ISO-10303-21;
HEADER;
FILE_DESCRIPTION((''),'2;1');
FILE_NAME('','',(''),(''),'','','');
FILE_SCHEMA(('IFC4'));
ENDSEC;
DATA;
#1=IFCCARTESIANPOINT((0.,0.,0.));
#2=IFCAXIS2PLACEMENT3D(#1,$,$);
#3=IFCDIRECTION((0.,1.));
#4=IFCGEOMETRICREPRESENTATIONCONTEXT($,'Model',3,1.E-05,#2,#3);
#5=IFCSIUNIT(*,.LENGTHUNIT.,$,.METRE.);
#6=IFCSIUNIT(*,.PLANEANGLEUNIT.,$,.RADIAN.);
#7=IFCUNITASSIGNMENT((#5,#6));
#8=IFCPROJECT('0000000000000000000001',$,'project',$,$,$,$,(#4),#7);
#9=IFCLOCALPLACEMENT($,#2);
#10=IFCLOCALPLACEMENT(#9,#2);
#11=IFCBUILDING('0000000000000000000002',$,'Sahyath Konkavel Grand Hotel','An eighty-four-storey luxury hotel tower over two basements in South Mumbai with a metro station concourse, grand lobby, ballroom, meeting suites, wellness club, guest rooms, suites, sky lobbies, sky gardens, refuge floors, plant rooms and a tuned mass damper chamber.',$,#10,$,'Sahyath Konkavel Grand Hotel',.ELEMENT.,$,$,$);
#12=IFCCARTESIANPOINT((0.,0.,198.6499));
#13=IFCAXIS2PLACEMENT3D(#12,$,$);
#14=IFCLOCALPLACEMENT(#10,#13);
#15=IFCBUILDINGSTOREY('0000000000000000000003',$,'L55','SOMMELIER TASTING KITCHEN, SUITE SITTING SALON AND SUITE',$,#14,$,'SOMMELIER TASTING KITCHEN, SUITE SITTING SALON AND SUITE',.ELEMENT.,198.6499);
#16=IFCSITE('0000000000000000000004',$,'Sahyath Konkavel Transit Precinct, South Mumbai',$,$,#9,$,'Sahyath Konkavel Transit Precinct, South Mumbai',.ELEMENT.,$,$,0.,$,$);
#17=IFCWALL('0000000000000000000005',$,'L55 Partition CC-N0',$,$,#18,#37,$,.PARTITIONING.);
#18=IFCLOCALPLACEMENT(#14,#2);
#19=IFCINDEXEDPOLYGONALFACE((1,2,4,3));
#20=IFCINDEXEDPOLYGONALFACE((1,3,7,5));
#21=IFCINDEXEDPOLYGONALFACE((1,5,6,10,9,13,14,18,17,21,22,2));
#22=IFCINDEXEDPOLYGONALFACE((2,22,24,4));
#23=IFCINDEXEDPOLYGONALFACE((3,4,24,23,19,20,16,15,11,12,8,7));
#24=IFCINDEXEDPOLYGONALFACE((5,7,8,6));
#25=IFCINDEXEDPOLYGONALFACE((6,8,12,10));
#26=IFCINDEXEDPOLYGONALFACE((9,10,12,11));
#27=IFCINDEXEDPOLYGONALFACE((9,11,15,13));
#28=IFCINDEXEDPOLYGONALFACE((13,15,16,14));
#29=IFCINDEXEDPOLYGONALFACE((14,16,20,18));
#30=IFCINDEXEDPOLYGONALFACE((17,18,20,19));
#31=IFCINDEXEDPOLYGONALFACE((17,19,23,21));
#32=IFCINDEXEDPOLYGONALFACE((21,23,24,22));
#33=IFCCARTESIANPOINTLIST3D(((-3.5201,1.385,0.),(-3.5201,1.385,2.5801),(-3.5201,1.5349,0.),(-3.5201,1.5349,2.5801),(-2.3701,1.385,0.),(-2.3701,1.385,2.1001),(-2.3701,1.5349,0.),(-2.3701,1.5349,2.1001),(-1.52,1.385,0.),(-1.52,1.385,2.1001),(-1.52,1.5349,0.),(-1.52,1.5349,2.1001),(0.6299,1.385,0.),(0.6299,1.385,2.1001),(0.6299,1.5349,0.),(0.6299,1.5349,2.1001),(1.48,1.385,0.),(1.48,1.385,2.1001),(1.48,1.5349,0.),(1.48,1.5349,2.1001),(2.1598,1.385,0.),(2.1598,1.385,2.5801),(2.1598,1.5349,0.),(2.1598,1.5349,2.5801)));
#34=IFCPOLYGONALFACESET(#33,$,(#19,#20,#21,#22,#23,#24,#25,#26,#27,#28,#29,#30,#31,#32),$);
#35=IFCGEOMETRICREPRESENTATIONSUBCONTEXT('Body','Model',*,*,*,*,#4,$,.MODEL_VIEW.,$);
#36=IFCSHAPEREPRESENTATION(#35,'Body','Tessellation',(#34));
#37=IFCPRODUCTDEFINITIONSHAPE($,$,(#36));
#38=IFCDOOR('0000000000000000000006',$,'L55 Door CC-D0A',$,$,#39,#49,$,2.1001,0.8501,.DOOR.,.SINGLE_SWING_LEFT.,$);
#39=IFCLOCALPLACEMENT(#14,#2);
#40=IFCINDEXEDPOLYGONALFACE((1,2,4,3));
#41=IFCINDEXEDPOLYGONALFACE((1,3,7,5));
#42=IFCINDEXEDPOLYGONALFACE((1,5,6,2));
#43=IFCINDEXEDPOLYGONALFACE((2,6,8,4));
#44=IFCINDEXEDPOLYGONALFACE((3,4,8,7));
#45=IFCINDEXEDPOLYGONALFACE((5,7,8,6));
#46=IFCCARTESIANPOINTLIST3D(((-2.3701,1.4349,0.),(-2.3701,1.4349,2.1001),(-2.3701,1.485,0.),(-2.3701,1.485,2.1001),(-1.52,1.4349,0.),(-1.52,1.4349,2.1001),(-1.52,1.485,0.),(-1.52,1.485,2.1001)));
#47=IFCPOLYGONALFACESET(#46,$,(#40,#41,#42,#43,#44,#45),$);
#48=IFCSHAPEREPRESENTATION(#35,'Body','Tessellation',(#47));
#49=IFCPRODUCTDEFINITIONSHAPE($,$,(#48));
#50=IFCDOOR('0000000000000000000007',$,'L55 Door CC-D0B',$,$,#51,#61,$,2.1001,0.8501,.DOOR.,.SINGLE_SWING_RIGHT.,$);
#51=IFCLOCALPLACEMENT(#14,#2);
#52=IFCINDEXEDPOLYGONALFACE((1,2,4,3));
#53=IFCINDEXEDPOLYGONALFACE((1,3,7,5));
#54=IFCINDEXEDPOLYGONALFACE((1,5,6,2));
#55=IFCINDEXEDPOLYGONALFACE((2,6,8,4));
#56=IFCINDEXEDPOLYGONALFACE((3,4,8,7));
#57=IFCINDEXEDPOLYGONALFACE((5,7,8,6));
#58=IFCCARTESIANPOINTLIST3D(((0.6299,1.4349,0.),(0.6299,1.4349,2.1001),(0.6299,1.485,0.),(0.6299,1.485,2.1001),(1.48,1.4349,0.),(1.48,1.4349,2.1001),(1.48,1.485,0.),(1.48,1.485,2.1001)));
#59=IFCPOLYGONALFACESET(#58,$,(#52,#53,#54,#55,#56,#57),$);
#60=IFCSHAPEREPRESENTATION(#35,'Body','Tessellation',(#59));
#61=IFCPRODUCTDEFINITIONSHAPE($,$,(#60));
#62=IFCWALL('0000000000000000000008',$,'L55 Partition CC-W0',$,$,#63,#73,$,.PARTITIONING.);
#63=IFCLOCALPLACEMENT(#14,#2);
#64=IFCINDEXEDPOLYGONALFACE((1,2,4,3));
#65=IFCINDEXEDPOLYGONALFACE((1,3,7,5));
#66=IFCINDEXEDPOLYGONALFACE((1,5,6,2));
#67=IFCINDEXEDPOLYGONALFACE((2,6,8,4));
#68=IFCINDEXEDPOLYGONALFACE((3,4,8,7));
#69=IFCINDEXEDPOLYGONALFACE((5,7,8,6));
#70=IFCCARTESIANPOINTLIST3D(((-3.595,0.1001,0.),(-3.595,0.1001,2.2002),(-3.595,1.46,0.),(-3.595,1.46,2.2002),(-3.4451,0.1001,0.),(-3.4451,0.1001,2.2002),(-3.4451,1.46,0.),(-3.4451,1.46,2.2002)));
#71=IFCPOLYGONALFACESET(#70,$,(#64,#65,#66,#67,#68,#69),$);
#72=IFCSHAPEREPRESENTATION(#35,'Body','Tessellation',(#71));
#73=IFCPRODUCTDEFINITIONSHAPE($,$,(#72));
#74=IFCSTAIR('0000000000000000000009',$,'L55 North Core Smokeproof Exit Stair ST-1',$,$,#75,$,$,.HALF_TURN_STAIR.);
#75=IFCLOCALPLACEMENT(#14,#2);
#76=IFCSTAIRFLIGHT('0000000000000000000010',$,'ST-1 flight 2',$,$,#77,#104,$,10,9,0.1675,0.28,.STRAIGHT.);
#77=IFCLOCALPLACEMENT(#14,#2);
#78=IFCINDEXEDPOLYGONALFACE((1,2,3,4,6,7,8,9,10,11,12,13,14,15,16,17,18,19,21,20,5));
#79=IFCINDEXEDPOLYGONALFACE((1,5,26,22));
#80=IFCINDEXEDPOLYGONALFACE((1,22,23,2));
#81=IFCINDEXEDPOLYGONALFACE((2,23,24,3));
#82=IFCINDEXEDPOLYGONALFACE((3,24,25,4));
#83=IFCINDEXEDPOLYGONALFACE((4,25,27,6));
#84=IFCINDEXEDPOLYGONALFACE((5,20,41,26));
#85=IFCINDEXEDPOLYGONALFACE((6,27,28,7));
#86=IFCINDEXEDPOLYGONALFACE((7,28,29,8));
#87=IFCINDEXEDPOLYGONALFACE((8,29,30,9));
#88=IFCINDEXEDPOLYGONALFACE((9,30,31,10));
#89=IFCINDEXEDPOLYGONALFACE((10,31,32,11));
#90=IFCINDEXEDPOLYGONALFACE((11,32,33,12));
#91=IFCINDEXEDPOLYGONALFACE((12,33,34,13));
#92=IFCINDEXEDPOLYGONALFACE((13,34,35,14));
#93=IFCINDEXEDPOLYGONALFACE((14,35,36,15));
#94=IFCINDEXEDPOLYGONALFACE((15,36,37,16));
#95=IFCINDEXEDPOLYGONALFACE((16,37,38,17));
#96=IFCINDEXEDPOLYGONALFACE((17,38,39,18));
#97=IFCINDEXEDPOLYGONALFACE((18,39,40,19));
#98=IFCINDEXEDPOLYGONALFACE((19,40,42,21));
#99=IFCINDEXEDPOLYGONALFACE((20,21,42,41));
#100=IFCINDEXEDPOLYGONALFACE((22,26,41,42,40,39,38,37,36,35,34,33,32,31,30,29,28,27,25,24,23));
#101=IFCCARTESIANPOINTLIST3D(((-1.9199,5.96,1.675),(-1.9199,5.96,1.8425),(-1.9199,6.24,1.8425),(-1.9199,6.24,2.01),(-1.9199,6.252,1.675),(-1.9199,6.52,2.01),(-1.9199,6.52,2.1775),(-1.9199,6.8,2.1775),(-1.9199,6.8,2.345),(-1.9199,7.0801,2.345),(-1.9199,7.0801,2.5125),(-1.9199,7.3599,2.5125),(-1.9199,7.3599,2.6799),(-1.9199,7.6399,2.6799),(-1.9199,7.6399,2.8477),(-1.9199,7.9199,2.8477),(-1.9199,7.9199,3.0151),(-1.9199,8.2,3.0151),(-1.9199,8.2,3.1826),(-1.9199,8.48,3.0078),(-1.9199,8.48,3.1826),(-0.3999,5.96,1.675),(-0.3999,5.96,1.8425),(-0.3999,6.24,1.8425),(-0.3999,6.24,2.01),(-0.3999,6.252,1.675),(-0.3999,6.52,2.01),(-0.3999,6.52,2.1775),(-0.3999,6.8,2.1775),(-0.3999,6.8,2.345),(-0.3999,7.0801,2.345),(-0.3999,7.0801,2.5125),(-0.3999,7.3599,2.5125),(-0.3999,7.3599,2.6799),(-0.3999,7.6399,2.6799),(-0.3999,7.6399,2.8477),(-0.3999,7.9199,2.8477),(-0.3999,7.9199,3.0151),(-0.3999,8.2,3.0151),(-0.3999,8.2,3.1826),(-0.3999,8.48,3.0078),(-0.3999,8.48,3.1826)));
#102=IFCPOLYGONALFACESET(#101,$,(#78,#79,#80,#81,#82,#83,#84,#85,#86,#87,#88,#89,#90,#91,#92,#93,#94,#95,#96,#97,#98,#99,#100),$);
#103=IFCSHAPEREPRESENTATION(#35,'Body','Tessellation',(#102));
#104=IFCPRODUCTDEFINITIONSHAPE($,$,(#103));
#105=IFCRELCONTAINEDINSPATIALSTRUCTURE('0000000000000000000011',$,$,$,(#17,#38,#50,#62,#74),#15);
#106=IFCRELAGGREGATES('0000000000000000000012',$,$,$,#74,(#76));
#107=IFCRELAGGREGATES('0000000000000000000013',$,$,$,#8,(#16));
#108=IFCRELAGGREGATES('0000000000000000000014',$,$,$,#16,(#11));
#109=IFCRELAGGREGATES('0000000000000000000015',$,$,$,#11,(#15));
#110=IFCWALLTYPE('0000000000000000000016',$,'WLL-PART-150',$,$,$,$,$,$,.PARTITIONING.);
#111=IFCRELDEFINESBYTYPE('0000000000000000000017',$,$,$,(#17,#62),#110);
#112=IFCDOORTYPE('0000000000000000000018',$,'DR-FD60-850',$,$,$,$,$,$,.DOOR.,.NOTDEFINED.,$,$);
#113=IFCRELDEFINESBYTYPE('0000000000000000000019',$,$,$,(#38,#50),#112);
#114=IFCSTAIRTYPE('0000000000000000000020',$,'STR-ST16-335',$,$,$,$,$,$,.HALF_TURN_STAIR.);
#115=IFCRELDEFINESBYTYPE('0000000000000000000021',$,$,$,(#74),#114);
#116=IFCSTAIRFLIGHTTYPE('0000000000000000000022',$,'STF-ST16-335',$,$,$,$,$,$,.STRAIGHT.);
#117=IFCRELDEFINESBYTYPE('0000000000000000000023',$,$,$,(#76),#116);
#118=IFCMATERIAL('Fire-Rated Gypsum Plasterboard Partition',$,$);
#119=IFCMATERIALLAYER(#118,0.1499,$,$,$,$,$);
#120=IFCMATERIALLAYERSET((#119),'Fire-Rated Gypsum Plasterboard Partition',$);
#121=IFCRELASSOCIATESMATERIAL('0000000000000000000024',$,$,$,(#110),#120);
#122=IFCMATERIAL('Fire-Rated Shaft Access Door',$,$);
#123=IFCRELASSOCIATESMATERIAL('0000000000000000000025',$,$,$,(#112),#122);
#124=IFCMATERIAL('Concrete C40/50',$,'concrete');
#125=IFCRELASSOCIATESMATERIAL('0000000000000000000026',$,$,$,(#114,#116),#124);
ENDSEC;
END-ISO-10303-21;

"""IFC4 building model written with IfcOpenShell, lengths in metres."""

from ifc_helpers import new_model, si_unit, direction, frame, frame_2d, origin, origin_2d, place, context, subcontext, project, spatial, polyline, rectangle, outline, extrude, source, transform, mapped, material, layer, layer_set, type_object, element, fill, aggregate, save


model = new_model("IFC4")

# Units and contexts
model_context = context("Model", 3, precision=1e-05, world=origin(), true_north=direction((0.0, 1.0)))
body_context = subcontext(model_context, "Body", "Model", "MODEL_VIEW")
ifc_project = project(units=[si_unit("LENGTHUNIT", "METRE"), si_unit("PLANEANGLEUNIT", "RADIAN")], contexts=[model_context])

# Site, building, storey
site_placement = place(None, origin())
site = spatial("IfcSite", under=ifc_project, at=site_placement, Name="Sahyath Konkavel Transit Precinct, South Mumbai", LongName="Sahyath Konkavel Transit Precinct, South Mumbai", CompositionType="ELEMENT", RefElevation=0.0)
building_placement = place(site_placement, origin())
building = spatial("IfcBuilding", under=site, at=building_placement, Name="Sahyath Konkavel Grand Hotel", Description="An eighty-four-storey luxury hotel tower over two basements in South Mumbai with a metro station concourse, grand lobby, ballroom, meeting suites, wellness club, guest rooms, suites, sky lobbies, sky gardens, refuge floors, plant rooms and a tuned mass damper chamber.", LongName="Sahyath Konkavel Grand Hotel", CompositionType="ELEMENT")
storey_placement = place(building_placement, frame((0.0, 0.0, 198.6499)))
storey = spatial("IfcBuildingStorey", under=building, at=storey_placement, Name="L55", Description="SOMMELIER TASTING KITCHEN, SUITE SITTING SALON AND SUITE", LongName="SOMMELIER TASTING KITCHEN, SUITE SITTING SALON AND SUITE", CompositionType="ELEMENT", Elevation=198.6499)

# Shared definitions
ifc_material_1 = material(Name="Concrete C40/50", Category="concrete")

# Shared definitions
ifc_material_2 = material(Name="Fire-Rated Gypsum Plasterboard Partition")
ifc_layer_1 = layer(ifc_material_2, 0.1499)
ifc_layer_set_1 = layer_set([ifc_layer_1], Name="Fire-Rated Gypsum Plasterboard Partition")
wall_type_1 = type_object("IfcWallType", Name="WLL-PART-150", PredefinedType="PARTITIONING", material=ifc_layer_set_1)

# Wall, openings, doors
wall_1_placement = place(storey_placement, frame((-3.52, 1.46, 0.0), z_axis=(0.0, 0.0, 1.0), x_axis=(1.0, 0.0, 0.0)))
wall_1 = element("IfcWall", 1, at=wall_1_placement, inside=storey, type_object=wall_type_1, Name="L55 Partition CC-N0", PredefinedType="PARTITIONING", context=body_context, shape_type="SweptSolid", body=[
    extrude(rectangle(XDim=5.6799, YDim=0.1499, at=frame_2d((2.8398, 0.0))), origin(), (0.0, 0.0, 1.0), 2.5801),
])
opening_1_placement = place(wall_1_placement, frame((1.1499, 0.0, 0.0)))
opening_1 = element("IfcOpeningElement", 2, at=opening_1_placement, cuts=wall_1, PredefinedType="OPENING", context=body_context, shape_type="SweptSolid", body=[
    extrude(rectangle(XDim=0.8501, YDim=2.1001, at=frame_2d((0.425, 1.05))), frame((0.0, 0.085, 0.0), z_axis=(0.0, -1.0, 0.0), x_axis=(1.0, 0.0, 0.0)), (0.0, 0.0, 1.0), 0.1699),
])
opening_2_placement = place(wall_1_placement, frame((4.1499, 0.0, 0.0)))
opening_2 = element("IfcOpeningElement", 3, at=opening_2_placement, cuts=wall_1, PredefinedType="OPENING", context=body_context, shape_type="SweptSolid", body=[
    extrude(rectangle(XDim=0.8501, YDim=2.1001, at=frame_2d((0.425, 1.05))), frame((0.0, 0.085, 0.0), z_axis=(0.0, -1.0, 0.0), x_axis=(1.0, 0.0, 0.0)), (0.0, 0.0, 1.0), 0.1699),
])
ifc_material_3 = material(Name="Fire-Rated Shaft Access Door")
door_type = type_object("IfcDoorType", Name="DR-FD60-850", OperationType="NOTDEFINED", PredefinedType="DOOR", material=ifc_material_3)
shared_shape_1 = source(origin(), body_context, "Body", "SweptSolid", [
    extrude(rectangle(XDim=0.8501, YDim=0.05, at=origin_2d()), origin(), (0.0, 0.0, 1.0), 2.1001),
])
door_1_placement = place(opening_1_placement, frame((0.425, 0.0, 0.0)))
door_1 = element("IfcDoor", 4, at=door_1_placement, inside=storey, type_object=door_type, Name="L55 Door CC-D0A", OperationType="SINGLE_SWING_LEFT", OverallHeight=2.1001, OverallWidth=0.8501, PredefinedType="DOOR", context=body_context, shape_type="MappedRepresentation", body=[
    mapped(shared_shape_1, transform((0.0, 0.0, 0.0), scale=1.0)),
])
fill(opening_1, door_1)
door_2_placement = place(opening_2_placement, frame((0.425, 0.0, 0.0)))
door_2 = element("IfcDoor", 5, at=door_2_placement, inside=storey, type_object=door_type, Name="L55 Door CC-D0B", OperationType="SINGLE_SWING_RIGHT", OverallHeight=2.1001, OverallWidth=0.8501, PredefinedType="DOOR", context=body_context, shape_type="MappedRepresentation", body=[
    mapped(shared_shape_1, transform((0.0, 0.0, 0.0), scale=1.0)),
])
fill(opening_2, door_2)

# Wall
wall_2_placement = place(storey_placement, frame((-3.52, 0.1001, 0.0), z_axis=(0.0, 0.0, 1.0), x_axis=(0.0, 1.0, 0.0)))
element("IfcWall", 6, at=wall_2_placement, inside=storey, type_object=wall_type_1, Name="L55 Partition CC-W0", PredefinedType="PARTITIONING", context=body_context, shape_type="SweptSolid", body=[
    extrude(rectangle(XDim=1.3599, YDim=0.1499, at=frame_2d((0.6799, 0.0))), origin(), (0.0, 0.0, 1.0), 2.2002),
])

# Stair, stair flight
stair_type = type_object("IfcStairType", Name="STR-ST16-335", PredefinedType="HALF_TURN_STAIR", material=ifc_material_1)
stair_placement = place(storey_placement, origin())
stair = element("IfcStair", 7, at=stair_placement, inside=storey, type_object=stair_type, Name="L55 North Core Smokeproof Exit Stair ST-1", PredefinedType="HALF_TURN_STAIR")
stair_flight_type = type_object("IfcStairFlightType", Name="STF-ST16-335", PredefinedType="STRAIGHT", material=ifc_material_1)
stair_flight_placement = place(storey_placement, frame((-1.1599, 5.96, 1.675), z_axis=(0.0, 0.0, 1.0), x_axis=(0.0, 1.0, 0.0)))
stair_flight = element("IfcStairFlight", 8, at=stair_flight_placement, type_object=stair_flight_type, Name="ST-1 flight 2", NumberOfRisers=10, NumberOfTreads=9, PredefinedType="STRAIGHT", RiserHeight=0.1675, TreadLength=0.28, context=body_context, shape_type="SweptSolid", body=[
    extrude(outline(polyline([(0.0, 0.0), (0.0, 0.1675), (0.28, 0.1675), (0.28, 0.335), (0.5601, 0.335), (0.5601, 0.5024), (0.8401, 0.5024), (0.8401, 0.6699), (1.1201, 0.6699), (1.1201, 0.8374), (1.3999, 0.8374), (1.3999, 1.0049), (1.6799, 1.0049), (1.6799, 1.1726), (1.96, 1.1726), (1.96, 1.3401), (2.24, 1.3401), (2.24, 1.5076), (2.52, 1.5076), (2.52, 1.675), (2.52, 1.3328), (0.292, 0.0), (0.0, 0.0)])), frame((0.0, 0.76, 0.0), z_axis=(0.0, -1.0, 0.0), x_axis=(1.0, 0.0, 0.0)), (0.0, 0.0, 1.0), 1.52),
])
aggregate(stair, [stair_flight])

save(model, "model.ifc")
